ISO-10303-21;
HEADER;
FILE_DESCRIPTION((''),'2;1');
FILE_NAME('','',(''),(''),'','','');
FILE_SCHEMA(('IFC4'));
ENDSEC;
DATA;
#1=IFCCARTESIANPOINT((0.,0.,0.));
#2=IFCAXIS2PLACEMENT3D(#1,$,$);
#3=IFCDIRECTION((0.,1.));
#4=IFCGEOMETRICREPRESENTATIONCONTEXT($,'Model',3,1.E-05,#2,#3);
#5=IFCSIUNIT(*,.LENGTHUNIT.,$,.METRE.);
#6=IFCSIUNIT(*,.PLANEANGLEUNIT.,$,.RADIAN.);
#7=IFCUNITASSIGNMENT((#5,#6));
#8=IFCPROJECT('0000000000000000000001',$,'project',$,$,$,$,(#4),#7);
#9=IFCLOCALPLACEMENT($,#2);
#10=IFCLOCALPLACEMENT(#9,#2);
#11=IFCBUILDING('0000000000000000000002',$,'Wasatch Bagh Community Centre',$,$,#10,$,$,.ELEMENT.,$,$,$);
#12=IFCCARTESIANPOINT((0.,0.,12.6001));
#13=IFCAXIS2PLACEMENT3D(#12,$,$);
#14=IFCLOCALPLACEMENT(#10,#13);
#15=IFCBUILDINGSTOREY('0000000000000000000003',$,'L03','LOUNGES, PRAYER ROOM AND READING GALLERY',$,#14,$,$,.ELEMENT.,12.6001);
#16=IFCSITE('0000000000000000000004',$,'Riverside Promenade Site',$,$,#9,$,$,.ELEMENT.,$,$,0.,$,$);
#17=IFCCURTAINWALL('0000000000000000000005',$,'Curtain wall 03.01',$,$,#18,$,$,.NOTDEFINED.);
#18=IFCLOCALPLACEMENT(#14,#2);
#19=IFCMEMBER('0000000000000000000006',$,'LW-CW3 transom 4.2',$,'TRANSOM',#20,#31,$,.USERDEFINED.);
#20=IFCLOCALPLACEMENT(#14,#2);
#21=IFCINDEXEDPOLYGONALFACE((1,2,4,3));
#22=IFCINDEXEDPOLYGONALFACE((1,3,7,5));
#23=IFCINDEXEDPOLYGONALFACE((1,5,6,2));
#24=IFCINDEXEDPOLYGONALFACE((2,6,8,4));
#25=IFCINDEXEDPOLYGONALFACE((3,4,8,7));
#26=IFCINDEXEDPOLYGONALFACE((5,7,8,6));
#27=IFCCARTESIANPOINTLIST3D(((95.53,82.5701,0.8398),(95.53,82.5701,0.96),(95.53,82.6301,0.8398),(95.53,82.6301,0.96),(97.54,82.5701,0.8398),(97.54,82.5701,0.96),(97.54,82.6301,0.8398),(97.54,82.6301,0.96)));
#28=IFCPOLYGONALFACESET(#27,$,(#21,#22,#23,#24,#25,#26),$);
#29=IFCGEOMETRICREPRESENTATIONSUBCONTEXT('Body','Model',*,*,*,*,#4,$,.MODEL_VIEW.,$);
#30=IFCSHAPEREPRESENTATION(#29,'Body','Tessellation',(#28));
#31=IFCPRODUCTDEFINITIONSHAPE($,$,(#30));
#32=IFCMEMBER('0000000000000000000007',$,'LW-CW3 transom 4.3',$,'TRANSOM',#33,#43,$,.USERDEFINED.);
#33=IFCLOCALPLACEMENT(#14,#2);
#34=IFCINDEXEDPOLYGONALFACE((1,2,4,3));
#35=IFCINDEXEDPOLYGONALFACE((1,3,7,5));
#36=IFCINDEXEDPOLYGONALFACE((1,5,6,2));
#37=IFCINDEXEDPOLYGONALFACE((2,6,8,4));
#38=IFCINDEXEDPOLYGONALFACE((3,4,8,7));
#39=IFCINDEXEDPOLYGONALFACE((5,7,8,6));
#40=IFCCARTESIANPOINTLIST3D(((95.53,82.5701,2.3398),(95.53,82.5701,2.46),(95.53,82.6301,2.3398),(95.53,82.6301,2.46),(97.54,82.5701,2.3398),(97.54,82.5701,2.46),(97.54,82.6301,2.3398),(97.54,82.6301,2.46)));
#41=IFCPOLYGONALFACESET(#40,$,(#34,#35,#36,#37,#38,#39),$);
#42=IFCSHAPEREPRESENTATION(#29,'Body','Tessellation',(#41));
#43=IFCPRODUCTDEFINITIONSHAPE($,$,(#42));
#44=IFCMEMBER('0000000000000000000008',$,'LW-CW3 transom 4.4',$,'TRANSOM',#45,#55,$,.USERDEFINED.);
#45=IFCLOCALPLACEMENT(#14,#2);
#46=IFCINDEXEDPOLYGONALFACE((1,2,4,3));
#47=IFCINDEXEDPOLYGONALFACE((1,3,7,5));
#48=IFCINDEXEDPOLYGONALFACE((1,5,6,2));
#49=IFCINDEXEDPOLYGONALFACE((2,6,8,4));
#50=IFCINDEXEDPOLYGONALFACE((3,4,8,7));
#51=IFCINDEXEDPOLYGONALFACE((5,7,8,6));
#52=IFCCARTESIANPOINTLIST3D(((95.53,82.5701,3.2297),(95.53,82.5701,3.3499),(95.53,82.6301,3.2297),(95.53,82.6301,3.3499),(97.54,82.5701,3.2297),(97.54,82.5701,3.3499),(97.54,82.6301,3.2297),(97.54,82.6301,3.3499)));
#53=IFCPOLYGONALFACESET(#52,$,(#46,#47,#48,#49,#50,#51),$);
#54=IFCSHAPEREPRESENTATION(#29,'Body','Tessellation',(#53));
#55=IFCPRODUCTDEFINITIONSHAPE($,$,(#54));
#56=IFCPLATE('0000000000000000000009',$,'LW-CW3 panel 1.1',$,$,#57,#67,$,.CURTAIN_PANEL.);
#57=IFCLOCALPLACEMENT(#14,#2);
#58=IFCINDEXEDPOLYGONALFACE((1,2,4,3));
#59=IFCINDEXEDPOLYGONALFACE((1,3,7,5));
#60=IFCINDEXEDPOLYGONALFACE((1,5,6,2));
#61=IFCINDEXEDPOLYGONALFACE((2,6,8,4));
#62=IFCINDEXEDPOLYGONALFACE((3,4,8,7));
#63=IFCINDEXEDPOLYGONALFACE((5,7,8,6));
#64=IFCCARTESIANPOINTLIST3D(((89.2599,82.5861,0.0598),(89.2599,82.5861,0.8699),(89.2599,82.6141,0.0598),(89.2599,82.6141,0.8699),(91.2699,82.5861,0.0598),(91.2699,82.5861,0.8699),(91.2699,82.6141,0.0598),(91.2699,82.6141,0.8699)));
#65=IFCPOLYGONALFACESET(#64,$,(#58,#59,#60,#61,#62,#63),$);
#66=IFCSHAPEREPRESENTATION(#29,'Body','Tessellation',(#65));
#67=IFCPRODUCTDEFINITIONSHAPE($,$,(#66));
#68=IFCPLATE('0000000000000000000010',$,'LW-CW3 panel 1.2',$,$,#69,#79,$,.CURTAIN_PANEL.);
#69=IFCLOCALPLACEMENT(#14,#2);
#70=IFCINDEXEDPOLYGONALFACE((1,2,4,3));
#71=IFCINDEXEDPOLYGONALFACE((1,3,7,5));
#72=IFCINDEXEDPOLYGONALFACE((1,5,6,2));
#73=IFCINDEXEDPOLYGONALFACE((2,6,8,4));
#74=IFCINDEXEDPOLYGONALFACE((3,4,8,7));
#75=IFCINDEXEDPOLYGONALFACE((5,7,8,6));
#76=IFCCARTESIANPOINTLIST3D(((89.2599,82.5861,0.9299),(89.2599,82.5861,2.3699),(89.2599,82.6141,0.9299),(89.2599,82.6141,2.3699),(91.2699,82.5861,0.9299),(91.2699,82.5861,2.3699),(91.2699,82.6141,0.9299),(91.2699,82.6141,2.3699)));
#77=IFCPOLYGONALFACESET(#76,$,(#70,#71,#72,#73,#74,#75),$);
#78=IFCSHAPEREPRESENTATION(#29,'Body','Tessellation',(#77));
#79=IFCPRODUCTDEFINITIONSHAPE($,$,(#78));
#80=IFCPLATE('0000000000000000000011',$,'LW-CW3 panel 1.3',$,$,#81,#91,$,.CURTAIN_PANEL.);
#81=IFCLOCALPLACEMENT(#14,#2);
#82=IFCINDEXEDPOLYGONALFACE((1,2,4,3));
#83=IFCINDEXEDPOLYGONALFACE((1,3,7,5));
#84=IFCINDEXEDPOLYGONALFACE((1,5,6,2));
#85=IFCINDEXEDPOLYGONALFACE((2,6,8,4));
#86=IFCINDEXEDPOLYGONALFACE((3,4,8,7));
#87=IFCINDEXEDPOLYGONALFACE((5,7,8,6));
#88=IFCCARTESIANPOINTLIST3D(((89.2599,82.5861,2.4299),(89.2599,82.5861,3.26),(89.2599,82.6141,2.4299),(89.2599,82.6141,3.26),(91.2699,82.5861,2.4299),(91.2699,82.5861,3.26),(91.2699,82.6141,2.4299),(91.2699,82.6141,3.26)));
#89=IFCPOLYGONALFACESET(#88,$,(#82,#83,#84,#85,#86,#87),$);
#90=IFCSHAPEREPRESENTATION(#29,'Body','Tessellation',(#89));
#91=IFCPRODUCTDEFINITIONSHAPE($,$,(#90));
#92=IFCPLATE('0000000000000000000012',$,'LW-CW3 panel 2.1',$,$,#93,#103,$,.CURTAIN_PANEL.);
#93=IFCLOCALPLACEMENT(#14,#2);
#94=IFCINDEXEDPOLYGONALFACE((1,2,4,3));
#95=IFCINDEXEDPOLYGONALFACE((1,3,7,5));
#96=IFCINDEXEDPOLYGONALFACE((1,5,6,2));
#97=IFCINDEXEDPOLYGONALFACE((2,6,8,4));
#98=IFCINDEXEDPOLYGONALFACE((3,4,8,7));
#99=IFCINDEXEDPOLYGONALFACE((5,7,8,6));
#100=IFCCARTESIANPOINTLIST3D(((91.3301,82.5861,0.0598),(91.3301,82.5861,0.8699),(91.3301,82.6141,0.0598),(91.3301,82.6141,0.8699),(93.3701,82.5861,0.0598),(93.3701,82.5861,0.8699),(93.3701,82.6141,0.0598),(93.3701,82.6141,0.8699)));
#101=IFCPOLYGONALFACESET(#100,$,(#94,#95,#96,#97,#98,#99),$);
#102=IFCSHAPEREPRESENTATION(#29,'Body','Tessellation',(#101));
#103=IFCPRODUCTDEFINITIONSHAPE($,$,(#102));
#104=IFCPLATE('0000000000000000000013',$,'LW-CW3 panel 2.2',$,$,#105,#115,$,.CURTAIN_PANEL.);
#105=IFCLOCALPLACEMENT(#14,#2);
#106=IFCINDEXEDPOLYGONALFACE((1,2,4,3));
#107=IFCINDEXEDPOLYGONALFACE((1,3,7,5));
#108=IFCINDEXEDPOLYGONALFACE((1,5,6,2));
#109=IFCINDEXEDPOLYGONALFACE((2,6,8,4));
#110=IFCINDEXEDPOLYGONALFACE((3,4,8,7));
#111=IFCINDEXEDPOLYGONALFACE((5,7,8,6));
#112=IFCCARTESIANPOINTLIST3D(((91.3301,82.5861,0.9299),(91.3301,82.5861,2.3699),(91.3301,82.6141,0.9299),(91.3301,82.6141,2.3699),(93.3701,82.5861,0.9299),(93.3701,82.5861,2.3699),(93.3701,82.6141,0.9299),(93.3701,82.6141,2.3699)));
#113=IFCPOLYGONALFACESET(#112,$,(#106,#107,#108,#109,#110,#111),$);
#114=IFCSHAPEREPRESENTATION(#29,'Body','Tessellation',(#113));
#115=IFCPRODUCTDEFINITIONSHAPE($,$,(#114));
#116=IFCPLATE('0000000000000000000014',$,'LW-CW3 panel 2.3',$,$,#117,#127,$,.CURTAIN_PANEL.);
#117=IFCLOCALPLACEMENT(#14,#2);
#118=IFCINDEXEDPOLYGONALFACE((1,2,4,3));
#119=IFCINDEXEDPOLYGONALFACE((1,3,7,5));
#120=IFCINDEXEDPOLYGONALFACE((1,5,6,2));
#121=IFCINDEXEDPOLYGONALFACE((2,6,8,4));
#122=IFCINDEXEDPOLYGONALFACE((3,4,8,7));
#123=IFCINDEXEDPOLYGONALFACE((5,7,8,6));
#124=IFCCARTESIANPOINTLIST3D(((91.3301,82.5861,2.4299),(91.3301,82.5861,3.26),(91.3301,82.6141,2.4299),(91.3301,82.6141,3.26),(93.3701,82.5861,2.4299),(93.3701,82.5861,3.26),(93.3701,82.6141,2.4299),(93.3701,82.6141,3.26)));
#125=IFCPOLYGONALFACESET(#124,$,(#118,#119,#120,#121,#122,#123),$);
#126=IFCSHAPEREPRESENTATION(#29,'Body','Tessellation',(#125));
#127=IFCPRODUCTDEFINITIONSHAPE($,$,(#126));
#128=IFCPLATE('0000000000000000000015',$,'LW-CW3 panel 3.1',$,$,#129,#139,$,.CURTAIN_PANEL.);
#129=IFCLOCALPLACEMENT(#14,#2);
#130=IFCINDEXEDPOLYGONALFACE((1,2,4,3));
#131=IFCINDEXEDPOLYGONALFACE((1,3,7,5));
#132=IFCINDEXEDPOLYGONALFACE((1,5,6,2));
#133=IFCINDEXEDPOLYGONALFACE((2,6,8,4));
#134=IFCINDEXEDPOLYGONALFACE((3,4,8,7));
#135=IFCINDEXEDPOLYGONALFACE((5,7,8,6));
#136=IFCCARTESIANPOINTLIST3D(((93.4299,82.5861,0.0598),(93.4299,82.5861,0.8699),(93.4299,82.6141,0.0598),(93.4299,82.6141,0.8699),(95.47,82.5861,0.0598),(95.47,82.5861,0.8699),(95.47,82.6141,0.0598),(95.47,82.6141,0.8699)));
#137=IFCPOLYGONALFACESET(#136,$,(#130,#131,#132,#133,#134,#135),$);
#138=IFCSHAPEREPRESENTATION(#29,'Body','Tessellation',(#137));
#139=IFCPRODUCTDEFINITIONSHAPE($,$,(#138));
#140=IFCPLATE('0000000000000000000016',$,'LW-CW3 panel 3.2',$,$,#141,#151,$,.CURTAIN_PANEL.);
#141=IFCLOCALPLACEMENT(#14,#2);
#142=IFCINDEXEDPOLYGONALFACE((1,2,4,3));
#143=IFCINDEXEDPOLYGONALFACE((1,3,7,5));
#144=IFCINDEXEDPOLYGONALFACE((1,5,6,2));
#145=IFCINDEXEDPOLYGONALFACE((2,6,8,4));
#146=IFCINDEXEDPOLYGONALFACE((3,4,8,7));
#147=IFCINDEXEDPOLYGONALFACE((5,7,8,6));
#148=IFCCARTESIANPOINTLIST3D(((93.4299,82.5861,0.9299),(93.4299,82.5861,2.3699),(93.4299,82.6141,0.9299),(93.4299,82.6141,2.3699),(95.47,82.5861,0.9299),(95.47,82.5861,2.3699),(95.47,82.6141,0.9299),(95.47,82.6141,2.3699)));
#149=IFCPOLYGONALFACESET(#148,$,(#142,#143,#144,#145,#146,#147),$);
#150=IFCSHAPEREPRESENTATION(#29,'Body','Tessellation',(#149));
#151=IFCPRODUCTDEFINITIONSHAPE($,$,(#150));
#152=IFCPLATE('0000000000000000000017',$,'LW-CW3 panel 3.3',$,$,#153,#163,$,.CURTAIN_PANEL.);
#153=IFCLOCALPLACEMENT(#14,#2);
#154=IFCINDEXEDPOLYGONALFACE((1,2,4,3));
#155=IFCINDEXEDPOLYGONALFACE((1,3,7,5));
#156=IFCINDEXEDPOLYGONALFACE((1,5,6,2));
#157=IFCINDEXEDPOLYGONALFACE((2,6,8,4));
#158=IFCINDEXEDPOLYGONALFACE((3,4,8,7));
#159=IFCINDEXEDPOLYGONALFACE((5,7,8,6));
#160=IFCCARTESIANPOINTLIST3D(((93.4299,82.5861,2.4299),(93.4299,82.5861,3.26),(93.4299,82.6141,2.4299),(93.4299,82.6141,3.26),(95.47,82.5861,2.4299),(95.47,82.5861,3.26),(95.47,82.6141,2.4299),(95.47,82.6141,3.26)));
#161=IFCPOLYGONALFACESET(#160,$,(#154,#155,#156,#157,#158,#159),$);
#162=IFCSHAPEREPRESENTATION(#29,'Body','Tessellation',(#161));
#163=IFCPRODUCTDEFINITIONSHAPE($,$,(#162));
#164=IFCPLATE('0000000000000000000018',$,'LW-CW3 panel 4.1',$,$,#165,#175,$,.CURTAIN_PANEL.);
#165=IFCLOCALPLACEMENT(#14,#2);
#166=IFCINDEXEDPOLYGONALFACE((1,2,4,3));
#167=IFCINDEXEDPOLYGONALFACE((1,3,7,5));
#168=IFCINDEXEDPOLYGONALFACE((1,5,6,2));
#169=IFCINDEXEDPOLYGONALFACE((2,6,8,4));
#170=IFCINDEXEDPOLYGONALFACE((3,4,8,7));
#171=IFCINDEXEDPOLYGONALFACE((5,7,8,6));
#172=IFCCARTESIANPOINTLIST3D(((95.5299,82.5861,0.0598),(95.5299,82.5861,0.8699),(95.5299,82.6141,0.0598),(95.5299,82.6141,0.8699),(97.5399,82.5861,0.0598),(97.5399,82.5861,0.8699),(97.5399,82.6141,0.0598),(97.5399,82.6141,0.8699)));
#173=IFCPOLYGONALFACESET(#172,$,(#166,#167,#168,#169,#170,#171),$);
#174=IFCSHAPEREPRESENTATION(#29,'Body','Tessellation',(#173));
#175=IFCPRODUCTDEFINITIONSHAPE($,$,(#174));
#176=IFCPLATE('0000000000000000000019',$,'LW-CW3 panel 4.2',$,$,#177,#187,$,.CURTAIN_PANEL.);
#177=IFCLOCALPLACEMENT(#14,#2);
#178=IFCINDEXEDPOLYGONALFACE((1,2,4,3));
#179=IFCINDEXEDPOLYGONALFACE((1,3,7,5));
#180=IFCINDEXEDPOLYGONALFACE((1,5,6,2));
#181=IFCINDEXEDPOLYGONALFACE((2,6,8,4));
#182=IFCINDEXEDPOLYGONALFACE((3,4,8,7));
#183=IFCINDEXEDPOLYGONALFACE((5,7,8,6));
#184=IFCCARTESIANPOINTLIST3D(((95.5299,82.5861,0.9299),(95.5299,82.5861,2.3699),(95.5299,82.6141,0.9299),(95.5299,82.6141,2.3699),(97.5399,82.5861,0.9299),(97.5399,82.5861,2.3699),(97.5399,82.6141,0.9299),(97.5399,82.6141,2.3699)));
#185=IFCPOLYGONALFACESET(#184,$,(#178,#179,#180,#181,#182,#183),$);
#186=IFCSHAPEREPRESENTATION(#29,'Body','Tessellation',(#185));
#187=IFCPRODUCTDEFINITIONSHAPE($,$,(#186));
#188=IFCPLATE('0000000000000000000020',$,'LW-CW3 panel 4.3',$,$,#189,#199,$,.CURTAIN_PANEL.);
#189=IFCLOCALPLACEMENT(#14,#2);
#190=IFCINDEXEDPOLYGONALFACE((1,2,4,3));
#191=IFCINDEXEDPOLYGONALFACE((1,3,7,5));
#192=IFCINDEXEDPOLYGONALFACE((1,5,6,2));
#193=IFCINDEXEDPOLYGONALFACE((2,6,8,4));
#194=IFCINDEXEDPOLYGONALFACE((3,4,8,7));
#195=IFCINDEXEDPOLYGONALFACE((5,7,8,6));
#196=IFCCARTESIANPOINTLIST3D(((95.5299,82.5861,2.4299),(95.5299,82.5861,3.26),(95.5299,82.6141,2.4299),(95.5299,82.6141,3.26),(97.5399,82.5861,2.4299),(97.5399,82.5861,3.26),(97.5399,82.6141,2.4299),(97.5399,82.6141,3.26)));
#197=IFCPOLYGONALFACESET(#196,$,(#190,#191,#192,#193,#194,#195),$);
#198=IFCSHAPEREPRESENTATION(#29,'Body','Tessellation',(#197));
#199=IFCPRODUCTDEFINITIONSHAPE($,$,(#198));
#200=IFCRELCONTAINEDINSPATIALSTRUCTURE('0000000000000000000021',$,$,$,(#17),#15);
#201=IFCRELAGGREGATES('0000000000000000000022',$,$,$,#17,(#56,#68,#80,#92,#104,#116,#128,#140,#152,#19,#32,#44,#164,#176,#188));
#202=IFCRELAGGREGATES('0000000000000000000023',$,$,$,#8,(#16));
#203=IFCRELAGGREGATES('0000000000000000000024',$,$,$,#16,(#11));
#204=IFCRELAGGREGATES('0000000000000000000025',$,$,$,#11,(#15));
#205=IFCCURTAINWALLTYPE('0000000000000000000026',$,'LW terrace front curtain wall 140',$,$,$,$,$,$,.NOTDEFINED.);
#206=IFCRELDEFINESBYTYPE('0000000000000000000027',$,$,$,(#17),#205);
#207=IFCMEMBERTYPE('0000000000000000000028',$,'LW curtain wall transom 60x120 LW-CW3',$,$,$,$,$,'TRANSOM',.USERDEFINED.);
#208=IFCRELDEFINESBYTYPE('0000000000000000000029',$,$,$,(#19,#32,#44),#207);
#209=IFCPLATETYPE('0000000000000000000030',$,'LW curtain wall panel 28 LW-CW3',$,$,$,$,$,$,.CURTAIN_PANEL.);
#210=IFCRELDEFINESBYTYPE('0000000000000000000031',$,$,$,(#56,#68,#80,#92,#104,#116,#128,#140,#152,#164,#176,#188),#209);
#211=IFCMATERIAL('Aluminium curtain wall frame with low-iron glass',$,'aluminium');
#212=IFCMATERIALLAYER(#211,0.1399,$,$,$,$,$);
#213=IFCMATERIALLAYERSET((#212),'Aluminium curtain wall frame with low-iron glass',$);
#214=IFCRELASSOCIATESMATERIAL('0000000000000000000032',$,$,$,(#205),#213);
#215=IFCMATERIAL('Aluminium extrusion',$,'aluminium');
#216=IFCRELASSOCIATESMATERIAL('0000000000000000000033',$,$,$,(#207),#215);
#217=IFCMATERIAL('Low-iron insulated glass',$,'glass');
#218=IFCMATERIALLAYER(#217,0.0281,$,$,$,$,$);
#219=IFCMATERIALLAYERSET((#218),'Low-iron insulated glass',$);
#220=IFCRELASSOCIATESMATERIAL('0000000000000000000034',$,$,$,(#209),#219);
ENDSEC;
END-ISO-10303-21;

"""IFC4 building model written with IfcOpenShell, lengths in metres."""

from ifc_helpers import new_model, si_unit, direction, frame, origin, origin_2d, place, context, subcontext, project, spatial, rectangle, extrude, material, layer, layer_set, material_profile, profile_set, type_object, element, aggregate, save


model = new_model("IFC4")

# Units and contexts
model_context = context("Model", 3, precision=1e-05, world=origin(), true_north=direction((0.0, 1.0)))
body_context = subcontext(model_context, "Body", "Model", "MODEL_VIEW")
ifc_project = project(units=[si_unit("LENGTHUNIT", "METRE"), si_unit("PLANEANGLEUNIT", "RADIAN")], contexts=[model_context])

# Site, building, storey
site_placement = place(None, origin())
site = spatial("IfcSite", under=ifc_project, at=site_placement, Name="Riverside Promenade Site", CompositionType="ELEMENT", RefElevation=0.0)
building_placement = place(site_placement, origin())
building = spatial("IfcBuilding", under=site, at=building_placement, Name="Wasatch Bagh Community Centre", CompositionType="ELEMENT")
storey_placement = place(building_placement, frame((0.0, 0.0, 12.6001)))
storey = spatial("IfcBuildingStorey", under=building, at=storey_placement, Name="L03", Description="LOUNGES, PRAYER ROOM AND READING GALLERY", CompositionType="ELEMENT", Elevation=12.6001)

# Curtain wall, members, plates
ifc_material_1 = material(Name="Aluminium curtain wall frame with low-iron glass", Category="aluminium")
ifc_layer_1 = layer(ifc_material_1, 0.1399)
ifc_layer_set_1 = layer_set([ifc_layer_1], Name="Aluminium curtain wall frame with low-iron glass")
curtain_wall_type = type_object("IfcCurtainWallType", Name="LW terrace front curtain wall 140", PredefinedType="NOTDEFINED", material=ifc_layer_set_1)
curtain_wall_placement = place(storey_placement, origin())
curtain_wall = element("IfcCurtainWall", 1, at=curtain_wall_placement, inside=storey, type_object=curtain_wall_type, Name="Curtain wall 03.01", PredefinedType="NOTDEFINED")
ifc_material_2 = material(Name="Aluminium extrusion", Category="aluminium")
ifc_material_profile_1 = material_profile(ifc_material_2, rectangle(XDim=0.0601, YDim=0.1201, at=origin_2d()), Name="AL 60x120")
ifc_profile_set_1 = profile_set([ifc_material_profile_1], Name="Aluminium extrusion")
member_type_1 = type_object("IfcMemberType", Name="LW curtain wall transom 60x120 LW-CW3", ElementType="TRANSOM", PredefinedType="USERDEFINED", material=ifc_profile_set_1)
member_1_placement = place(storey_placement, frame((95.53, 82.6001, 0.8999), z_axis=(1.0, 0.0, 0.0), x_axis=(0.0, 1.0, 0.0)))
member_1 = element("IfcMember", 2, at=member_1_placement, type_object=member_type_1, Name="LW-CW3 transom 4.2", ObjectType="TRANSOM", PredefinedType="USERDEFINED", context=body_context, shape_type="SweptSolid", body=[
    extrude(rectangle(XDim=0.0601, YDim=0.1201, at=origin_2d()), origin(), (0.0, 0.0, 1.0), 2.01),
])
member_2_placement = place(storey_placement, frame((95.53, 82.6001, 2.3999), z_axis=(1.0, 0.0, 0.0), x_axis=(0.0, 1.0, 0.0)))
member_2 = element("IfcMember", 3, at=member_2_placement, type_object=member_type_1, Name="LW-CW3 transom 4.3", ObjectType="TRANSOM", PredefinedType="USERDEFINED", context=body_context, shape_type="SweptSolid", body=[
    extrude(rectangle(XDim=0.0601, YDim=0.1201, at=origin_2d()), origin(), (0.0, 0.0, 1.0), 2.01),
])
member_3_placement = place(storey_placement, frame((95.53, 82.6001, 3.2898), z_axis=(1.0, 0.0, 0.0), x_axis=(0.0, 1.0, 0.0)))
member_3 = element("IfcMember", 4, at=member_3_placement, type_object=member_type_1, Name="LW-CW3 transom 4.4", ObjectType="TRANSOM", PredefinedType="USERDEFINED", context=body_context, shape_type="SweptSolid", body=[
    extrude(rectangle(XDim=0.0601, YDim=0.1201, at=origin_2d()), origin(), (0.0, 0.0, 1.0), 2.01),
])
ifc_material_3 = material(Name="Low-iron insulated glass", Category="glass")
ifc_layer_2 = layer(ifc_material_3, 0.0281)
ifc_layer_set_2 = layer_set([ifc_layer_2], Name="Low-iron insulated glass")
plate_type = type_object("IfcPlateType", Name="LW curtain wall panel 28 LW-CW3", PredefinedType="CURTAIN_PANEL", material=ifc_layer_set_2)
plate_1_placement = place(storey_placement, frame((90.2649, 82.6001, 0.0598), z_axis=(0.0, 0.0, 1.0), x_axis=(1.0, 0.0, 0.0)))
plate_1 = element("IfcPlate", 5, at=plate_1_placement, type_object=plate_type, Name="LW-CW3 panel 1.1", PredefinedType="CURTAIN_PANEL", context=body_context, shape_type="SweptSolid", body=[
    extrude(rectangle(XDim=2.01, YDim=0.0281, at=origin_2d()), origin(), (0.0, 0.0, 1.0), 0.8101),
])
plate_2_placement = place(storey_placement, frame((90.2649, 82.6001, 0.9299), z_axis=(0.0, 0.0, 1.0), x_axis=(1.0, 0.0, 0.0)))
plate_2 = element("IfcPlate", 6, at=plate_2_placement, type_object=plate_type, Name="LW-CW3 panel 1.2", PredefinedType="CURTAIN_PANEL", context=body_context, shape_type="SweptSolid", body=[
    extrude(rectangle(XDim=2.01, YDim=0.0281, at=origin_2d()), origin(), (0.0, 0.0, 1.0), 1.4399),
])
plate_3_placement = place(storey_placement, frame((90.2649, 82.6001, 2.4299), z_axis=(0.0, 0.0, 1.0), x_axis=(1.0, 0.0, 0.0)))
plate_3 = element("IfcPlate", 7, at=plate_3_placement, type_object=plate_type, Name="LW-CW3 panel 1.3", PredefinedType="CURTAIN_PANEL", context=body_context, shape_type="SweptSolid", body=[
    extrude(rectangle(XDim=2.01, YDim=0.0281, at=origin_2d()), origin(), (0.0, 0.0, 1.0), 0.8301),
])
plate_4_placement = place(storey_placement, frame((92.3501, 82.6001, 0.0598), z_axis=(0.0, 0.0, 1.0), x_axis=(1.0, 0.0, 0.0)))
plate_4 = element("IfcPlate", 8, at=plate_4_placement, type_object=plate_type, Name="LW-CW3 panel 2.1", PredefinedType="CURTAIN_PANEL", context=body_context, shape_type="SweptSolid", body=[
    extrude(rectangle(XDim=2.04, YDim=0.0281, at=origin_2d()), origin(), (0.0, 0.0, 1.0), 0.8101),
])
plate_5_placement = place(storey_placement, frame((92.3501, 82.6001, 0.9299), z_axis=(0.0, 0.0, 1.0), x_axis=(1.0, 0.0, 0.0)))
plate_5 = element("IfcPlate", 9, at=plate_5_placement, type_object=plate_type, Name="LW-CW3 panel 2.2", PredefinedType="CURTAIN_PANEL", context=body_context, shape_type="SweptSolid", body=[
    extrude(rectangle(XDim=2.04, YDim=0.0281, at=origin_2d()), origin(), (0.0, 0.0, 1.0), 1.4399),
])
plate_6_placement = place(storey_placement, frame((92.3501, 82.6001, 2.4299), z_axis=(0.0, 0.0, 1.0), x_axis=(1.0, 0.0, 0.0)))
plate_6 = element("IfcPlate", 10, at=plate_6_placement, type_object=plate_type, Name="LW-CW3 panel 2.3", PredefinedType="CURTAIN_PANEL", context=body_context, shape_type="SweptSolid", body=[
    extrude(rectangle(XDim=2.04, YDim=0.0281, at=origin_2d()), origin(), (0.0, 0.0, 1.0), 0.8301),
])
plate_7_placement = place(storey_placement, frame((94.45, 82.6001, 0.0598), z_axis=(0.0, 0.0, 1.0), x_axis=(1.0, 0.0, 0.0)))
plate_7 = element("IfcPlate", 11, at=plate_7_placement, type_object=plate_type, Name="LW-CW3 panel 3.1", PredefinedType="CURTAIN_PANEL", context=body_context, shape_type="SweptSolid", body=[
    extrude(rectangle(XDim=2.04, YDim=0.0281, at=origin_2d()), origin(), (0.0, 0.0, 1.0), 0.8101),
])
plate_8_placement = place(storey_placement, frame((94.45, 82.6001, 0.9299), z_axis=(0.0, 0.0, 1.0), x_axis=(1.0, 0.0, 0.0)))
plate_8 = element("IfcPlate", 12, at=plate_8_placement, type_object=plate_type, Name="LW-CW3 panel 3.2", PredefinedType="CURTAIN_PANEL", context=body_context, shape_type="SweptSolid", body=[
    extrude(rectangle(XDim=2.04, YDim=0.0281, at=origin_2d()), origin(), (0.0, 0.0, 1.0), 1.4399),
])
plate_9_placement = place(storey_placement, frame((94.45, 82.6001, 2.4299), z_axis=(0.0, 0.0, 1.0), x_axis=(1.0, 0.0, 0.0)))
plate_9 = element("IfcPlate", 13, at=plate_9_placement, type_object=plate_type, Name="LW-CW3 panel 3.3", PredefinedType="CURTAIN_PANEL", context=body_context, shape_type="SweptSolid", body=[
    extrude(rectangle(XDim=2.04, YDim=0.0281, at=origin_2d()), origin(), (0.0, 0.0, 1.0), 0.8301),
])
plate_10_placement = place(storey_placement, frame((96.5349, 82.6001, 0.0598), z_axis=(0.0, 0.0, 1.0), x_axis=(1.0, 0.0, 0.0)))
plate_10 = element("IfcPlate", 14, at=plate_10_placement, type_object=plate_type, Name="LW-CW3 panel 4.1", PredefinedType="CURTAIN_PANEL", context=body_context, shape_type="SweptSolid", body=[
    extrude(rectangle(XDim=2.01, YDim=0.0281, at=origin_2d()), origin(), (0.0, 0.0, 1.0), 0.8101),
])
plate_11_placement = place(storey_placement, frame((96.5349, 82.6001, 0.9299), z_axis=(0.0, 0.0, 1.0), x_axis=(1.0, 0.0, 0.0)))
plate_11 = element("IfcPlate", 15, at=plate_11_placement, type_object=plate_type, Name="LW-CW3 panel 4.2", PredefinedType="CURTAIN_PANEL", context=body_context, shape_type="SweptSolid", body=[
    extrude(rectangle(XDim=2.01, YDim=0.0281, at=origin_2d()), origin(), (0.0, 0.0, 1.0), 1.4399),
])
plate_12_placement = place(storey_placement, frame((96.5349, 82.6001, 2.4299), z_axis=(0.0, 0.0, 1.0), x_axis=(1.0, 0.0, 0.0)))
plate_12 = element("IfcPlate", 16, at=plate_12_placement, type_object=plate_type, Name="LW-CW3 panel 4.3", PredefinedType="CURTAIN_PANEL", context=body_context, shape_type="SweptSolid", body=[
    extrude(rectangle(XDim=2.01, YDim=0.0281, at=origin_2d()), origin(), (0.0, 0.0, 1.0), 0.8301),
])
aggregate(curtain_wall, [plate_1, plate_2, plate_3, plate_4, plate_5, plate_6, plate_7, plate_8, plate_9, member_1, member_2, member_3, plate_10, plate_11, plate_12])

save(model, "model.ifc")
